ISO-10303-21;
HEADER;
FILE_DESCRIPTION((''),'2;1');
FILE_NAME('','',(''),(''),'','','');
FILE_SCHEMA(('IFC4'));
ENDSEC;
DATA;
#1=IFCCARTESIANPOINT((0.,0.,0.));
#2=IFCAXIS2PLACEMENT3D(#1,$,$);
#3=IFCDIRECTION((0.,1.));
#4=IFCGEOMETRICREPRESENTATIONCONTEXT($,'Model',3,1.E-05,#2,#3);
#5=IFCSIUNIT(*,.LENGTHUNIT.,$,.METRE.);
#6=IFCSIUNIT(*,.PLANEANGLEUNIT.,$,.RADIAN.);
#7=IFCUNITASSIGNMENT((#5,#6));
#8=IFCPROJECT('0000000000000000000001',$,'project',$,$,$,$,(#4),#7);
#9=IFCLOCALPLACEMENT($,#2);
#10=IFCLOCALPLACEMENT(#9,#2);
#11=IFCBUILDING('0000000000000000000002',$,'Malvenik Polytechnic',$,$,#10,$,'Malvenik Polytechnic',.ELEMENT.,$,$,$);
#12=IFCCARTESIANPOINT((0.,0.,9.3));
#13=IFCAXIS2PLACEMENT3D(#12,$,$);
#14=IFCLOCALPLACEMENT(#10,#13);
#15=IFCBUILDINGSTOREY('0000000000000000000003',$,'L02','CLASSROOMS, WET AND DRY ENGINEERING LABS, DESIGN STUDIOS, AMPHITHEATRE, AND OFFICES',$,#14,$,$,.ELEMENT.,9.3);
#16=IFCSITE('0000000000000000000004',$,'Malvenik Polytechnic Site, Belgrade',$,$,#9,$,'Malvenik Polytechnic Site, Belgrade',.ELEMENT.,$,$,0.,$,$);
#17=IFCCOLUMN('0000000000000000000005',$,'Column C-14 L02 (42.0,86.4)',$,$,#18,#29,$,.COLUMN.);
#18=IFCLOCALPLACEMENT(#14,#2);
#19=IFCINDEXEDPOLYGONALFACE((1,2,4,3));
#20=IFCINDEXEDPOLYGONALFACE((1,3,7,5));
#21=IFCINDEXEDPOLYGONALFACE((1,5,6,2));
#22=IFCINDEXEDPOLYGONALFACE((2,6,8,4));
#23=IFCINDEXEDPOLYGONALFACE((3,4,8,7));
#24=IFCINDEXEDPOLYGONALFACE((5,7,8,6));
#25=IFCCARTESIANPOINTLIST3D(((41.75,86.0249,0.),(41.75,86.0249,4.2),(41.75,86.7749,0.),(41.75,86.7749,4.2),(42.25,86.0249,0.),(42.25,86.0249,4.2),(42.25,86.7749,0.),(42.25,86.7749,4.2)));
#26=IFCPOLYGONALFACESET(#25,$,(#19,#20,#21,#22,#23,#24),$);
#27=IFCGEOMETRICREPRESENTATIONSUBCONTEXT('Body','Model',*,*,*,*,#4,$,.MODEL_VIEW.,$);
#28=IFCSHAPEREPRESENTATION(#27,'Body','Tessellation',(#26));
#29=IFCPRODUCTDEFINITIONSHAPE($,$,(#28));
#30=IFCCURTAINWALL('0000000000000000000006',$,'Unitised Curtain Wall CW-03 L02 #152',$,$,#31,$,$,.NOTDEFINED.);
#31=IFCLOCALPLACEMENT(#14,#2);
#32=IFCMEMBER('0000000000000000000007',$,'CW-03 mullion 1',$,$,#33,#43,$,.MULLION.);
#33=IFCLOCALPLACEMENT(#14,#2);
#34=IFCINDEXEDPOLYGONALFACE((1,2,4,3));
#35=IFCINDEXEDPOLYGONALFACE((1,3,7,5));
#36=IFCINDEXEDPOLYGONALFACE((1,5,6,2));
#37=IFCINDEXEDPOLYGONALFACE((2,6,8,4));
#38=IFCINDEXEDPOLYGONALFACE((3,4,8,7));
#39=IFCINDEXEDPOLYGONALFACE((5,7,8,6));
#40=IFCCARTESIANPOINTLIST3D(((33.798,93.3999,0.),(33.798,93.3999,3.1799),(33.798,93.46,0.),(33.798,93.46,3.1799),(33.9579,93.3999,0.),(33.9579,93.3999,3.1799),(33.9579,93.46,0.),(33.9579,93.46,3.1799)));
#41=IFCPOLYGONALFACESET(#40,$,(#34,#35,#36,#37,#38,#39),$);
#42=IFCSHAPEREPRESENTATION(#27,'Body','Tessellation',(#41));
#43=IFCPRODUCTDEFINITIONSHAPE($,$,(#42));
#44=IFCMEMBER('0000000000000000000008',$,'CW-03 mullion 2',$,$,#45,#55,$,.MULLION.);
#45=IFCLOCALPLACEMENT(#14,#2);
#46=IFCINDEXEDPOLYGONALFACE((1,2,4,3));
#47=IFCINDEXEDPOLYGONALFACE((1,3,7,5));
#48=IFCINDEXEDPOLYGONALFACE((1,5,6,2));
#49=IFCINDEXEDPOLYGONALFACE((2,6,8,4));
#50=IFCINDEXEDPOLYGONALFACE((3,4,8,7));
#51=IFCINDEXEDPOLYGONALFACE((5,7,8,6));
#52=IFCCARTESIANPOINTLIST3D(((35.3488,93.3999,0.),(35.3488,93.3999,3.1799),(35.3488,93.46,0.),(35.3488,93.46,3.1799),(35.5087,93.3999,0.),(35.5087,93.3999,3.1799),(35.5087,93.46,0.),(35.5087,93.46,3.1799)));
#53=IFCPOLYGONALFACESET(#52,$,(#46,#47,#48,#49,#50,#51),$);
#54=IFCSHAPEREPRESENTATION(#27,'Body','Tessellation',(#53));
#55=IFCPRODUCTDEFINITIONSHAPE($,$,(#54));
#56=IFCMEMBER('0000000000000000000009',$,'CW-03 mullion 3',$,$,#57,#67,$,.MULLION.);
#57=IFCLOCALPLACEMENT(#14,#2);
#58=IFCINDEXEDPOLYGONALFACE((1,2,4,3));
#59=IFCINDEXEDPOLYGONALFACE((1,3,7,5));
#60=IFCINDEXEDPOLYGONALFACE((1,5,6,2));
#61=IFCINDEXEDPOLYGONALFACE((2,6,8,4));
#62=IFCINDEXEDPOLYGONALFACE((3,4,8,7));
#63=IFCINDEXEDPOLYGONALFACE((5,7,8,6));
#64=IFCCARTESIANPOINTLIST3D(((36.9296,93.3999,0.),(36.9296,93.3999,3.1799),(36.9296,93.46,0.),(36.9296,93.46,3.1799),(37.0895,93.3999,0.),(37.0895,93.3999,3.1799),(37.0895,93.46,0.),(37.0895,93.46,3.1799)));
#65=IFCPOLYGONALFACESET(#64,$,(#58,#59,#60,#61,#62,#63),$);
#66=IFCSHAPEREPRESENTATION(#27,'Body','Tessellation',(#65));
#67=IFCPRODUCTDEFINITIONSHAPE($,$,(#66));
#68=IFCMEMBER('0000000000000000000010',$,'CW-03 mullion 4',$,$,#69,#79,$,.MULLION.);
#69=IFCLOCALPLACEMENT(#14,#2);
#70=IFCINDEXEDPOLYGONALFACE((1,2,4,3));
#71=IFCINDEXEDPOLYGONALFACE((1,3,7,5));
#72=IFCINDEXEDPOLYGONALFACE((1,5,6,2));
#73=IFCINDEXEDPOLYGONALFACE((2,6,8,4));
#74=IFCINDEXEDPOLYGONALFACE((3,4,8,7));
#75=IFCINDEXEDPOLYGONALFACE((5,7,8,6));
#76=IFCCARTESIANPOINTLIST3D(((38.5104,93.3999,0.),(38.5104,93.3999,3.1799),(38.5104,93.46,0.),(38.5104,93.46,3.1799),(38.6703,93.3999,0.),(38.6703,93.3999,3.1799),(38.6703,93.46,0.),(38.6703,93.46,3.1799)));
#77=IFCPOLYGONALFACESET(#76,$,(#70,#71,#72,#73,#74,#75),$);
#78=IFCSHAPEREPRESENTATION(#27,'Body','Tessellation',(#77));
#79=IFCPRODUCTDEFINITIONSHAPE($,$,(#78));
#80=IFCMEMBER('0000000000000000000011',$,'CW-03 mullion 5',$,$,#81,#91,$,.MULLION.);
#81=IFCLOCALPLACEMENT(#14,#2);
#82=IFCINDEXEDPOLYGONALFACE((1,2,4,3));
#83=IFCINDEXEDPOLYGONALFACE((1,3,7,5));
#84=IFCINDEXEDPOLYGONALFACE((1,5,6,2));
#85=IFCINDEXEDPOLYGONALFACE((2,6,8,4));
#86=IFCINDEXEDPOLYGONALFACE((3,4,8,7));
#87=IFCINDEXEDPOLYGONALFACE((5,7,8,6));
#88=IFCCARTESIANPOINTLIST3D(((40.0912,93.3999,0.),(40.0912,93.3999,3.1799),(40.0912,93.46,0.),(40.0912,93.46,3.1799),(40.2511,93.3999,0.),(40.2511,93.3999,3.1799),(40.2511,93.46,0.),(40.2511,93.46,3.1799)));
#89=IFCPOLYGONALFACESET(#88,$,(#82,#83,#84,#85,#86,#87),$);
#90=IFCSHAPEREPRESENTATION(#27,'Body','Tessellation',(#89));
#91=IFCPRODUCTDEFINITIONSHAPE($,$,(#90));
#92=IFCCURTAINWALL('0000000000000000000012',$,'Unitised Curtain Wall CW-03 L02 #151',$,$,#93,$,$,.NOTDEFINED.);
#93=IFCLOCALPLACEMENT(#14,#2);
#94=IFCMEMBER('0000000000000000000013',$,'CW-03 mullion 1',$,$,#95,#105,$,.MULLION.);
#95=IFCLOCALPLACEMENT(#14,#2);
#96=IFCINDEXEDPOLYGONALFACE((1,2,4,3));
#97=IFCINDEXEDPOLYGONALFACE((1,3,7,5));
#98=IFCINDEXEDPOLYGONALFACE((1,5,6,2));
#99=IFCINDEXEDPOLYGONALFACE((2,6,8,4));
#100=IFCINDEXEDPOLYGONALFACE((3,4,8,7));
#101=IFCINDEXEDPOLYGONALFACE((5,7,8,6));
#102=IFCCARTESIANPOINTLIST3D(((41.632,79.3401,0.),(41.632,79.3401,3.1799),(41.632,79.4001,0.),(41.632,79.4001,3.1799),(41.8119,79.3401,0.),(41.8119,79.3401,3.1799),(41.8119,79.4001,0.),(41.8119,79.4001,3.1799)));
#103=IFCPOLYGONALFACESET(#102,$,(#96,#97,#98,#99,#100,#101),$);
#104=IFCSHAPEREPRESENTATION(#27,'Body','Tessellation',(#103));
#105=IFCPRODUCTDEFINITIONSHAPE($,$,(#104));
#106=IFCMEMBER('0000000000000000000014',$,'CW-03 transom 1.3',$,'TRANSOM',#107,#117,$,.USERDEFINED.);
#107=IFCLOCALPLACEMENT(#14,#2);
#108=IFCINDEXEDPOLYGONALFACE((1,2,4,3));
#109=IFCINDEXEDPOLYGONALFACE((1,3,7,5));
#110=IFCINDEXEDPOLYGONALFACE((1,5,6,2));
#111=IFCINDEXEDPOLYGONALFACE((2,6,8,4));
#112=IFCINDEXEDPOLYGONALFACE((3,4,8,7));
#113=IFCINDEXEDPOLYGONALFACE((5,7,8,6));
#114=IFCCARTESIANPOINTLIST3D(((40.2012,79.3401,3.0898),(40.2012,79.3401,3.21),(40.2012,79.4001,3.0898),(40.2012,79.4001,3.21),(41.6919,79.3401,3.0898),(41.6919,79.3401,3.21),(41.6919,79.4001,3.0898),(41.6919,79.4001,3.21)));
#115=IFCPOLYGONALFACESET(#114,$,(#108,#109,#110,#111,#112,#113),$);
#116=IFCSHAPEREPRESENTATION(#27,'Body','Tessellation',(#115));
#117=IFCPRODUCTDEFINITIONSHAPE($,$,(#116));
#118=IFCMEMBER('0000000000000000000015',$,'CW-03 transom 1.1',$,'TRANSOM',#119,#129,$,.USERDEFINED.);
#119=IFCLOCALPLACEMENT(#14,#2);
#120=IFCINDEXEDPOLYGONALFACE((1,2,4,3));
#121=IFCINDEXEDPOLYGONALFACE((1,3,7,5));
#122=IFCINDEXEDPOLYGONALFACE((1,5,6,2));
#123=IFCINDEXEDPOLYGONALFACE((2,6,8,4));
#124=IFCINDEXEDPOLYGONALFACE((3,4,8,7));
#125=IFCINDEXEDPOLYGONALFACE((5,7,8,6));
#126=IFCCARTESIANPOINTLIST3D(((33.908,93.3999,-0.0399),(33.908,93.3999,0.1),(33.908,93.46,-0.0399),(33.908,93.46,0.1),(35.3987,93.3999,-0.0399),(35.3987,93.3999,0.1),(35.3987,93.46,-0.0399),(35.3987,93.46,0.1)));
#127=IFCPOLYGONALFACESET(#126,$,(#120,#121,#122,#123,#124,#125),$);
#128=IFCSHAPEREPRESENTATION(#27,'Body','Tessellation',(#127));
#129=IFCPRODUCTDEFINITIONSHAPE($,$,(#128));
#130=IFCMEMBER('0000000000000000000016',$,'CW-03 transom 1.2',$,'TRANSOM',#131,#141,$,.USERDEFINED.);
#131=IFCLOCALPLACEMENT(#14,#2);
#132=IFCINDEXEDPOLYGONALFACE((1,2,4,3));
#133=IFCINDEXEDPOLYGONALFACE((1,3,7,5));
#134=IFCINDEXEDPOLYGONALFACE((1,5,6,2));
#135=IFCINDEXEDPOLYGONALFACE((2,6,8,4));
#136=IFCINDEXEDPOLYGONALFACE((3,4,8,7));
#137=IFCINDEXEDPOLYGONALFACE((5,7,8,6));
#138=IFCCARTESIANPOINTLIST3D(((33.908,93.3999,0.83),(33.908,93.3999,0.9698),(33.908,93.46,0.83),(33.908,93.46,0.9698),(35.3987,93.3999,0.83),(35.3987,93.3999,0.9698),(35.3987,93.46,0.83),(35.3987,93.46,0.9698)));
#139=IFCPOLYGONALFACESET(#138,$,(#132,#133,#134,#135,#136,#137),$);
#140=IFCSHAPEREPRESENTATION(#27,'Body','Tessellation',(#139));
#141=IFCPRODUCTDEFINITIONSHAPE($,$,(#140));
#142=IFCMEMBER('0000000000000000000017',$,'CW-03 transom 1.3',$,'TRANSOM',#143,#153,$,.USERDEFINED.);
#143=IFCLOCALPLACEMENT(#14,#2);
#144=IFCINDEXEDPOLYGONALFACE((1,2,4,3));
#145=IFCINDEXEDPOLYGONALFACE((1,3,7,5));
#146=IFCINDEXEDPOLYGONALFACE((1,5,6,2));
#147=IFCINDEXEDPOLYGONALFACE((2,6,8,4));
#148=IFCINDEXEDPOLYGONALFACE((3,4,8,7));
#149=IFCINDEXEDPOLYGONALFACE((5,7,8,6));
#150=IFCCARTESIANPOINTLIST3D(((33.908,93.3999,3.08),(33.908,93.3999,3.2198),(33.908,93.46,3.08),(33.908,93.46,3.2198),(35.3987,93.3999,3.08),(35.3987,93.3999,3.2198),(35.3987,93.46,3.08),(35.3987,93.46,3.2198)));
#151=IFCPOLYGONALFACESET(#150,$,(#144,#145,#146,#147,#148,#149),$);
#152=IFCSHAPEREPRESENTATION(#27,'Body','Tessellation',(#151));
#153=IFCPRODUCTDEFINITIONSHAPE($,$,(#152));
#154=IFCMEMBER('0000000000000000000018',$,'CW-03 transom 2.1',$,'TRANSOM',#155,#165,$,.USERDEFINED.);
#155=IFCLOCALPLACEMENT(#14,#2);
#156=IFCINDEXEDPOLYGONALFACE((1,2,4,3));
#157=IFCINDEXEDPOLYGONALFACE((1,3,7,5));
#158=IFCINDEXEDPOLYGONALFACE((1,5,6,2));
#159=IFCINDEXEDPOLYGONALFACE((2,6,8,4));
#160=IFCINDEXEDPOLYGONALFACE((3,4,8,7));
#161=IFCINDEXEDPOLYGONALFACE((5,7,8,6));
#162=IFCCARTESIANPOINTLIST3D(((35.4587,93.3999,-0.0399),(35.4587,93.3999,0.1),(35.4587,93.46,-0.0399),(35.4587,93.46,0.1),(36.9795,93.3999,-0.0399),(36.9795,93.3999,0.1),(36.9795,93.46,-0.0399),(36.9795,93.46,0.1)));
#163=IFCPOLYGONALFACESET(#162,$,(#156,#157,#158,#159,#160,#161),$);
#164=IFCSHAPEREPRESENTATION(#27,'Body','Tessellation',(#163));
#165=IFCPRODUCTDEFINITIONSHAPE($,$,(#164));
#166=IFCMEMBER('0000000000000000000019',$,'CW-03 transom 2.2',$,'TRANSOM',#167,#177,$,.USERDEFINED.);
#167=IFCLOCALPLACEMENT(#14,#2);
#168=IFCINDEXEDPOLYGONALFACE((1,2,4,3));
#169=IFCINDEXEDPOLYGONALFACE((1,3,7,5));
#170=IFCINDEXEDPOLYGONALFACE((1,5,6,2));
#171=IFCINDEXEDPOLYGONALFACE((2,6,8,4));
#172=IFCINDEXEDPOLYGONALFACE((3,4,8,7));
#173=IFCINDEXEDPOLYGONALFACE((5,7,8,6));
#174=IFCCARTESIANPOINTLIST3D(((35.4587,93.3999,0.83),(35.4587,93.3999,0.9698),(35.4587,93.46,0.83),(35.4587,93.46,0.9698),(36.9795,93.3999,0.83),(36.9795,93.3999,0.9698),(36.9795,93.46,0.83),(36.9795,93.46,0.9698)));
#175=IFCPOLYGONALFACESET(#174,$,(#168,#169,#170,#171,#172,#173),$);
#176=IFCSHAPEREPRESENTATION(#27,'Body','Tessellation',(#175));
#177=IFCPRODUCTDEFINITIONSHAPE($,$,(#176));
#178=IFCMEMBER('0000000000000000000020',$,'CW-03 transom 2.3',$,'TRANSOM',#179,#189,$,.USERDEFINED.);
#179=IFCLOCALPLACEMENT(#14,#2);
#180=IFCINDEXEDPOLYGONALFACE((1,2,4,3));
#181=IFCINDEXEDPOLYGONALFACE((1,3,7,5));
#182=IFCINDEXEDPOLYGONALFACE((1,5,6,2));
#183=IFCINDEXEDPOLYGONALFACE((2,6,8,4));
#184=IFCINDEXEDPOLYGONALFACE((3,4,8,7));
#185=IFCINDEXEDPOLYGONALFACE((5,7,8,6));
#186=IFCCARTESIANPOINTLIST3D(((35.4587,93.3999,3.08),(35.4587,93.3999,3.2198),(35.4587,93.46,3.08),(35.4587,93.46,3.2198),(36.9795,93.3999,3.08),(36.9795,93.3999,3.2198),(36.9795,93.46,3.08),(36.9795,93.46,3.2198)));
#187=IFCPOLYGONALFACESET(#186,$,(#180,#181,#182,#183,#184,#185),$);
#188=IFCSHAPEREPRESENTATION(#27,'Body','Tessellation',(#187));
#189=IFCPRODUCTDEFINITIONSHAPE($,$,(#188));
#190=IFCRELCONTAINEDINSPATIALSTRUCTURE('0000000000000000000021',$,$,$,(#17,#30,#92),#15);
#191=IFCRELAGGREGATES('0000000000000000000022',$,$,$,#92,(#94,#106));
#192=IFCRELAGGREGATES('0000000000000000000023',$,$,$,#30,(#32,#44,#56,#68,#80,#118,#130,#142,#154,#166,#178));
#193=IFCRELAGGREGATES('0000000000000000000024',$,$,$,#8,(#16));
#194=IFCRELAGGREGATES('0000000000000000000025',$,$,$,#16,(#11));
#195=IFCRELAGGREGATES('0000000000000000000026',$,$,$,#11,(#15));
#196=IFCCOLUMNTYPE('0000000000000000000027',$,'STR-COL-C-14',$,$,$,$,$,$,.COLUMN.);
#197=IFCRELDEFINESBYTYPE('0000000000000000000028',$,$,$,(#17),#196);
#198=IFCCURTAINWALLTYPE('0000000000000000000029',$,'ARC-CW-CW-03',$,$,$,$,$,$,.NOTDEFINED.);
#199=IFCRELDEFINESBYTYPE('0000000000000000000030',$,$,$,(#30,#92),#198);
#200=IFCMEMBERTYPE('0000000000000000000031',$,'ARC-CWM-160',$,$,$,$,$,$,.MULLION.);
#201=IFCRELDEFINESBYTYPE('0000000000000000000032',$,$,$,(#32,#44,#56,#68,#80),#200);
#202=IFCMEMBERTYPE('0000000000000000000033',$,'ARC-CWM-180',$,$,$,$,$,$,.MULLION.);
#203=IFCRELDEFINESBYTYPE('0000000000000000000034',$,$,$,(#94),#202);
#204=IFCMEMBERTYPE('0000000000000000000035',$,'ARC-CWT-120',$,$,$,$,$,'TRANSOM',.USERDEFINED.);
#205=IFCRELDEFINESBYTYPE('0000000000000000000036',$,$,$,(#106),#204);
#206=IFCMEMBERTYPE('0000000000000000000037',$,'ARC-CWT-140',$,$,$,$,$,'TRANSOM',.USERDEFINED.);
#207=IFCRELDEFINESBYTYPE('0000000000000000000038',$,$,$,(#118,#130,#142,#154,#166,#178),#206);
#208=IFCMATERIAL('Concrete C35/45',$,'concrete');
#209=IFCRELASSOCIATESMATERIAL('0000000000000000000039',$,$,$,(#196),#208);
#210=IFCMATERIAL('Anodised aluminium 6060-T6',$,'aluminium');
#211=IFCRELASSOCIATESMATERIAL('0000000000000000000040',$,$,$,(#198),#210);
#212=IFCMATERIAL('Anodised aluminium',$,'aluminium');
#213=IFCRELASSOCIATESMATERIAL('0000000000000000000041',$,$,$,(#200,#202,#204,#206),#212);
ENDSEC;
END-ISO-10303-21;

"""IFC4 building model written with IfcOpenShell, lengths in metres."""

from ifc_helpers import new_model, si_unit, direction, frame, origin, origin_2d, place, context, subcontext, project, spatial, rectangle, extrude, material, material_profile, profile_set, type_object, element, aggregate, save


model = new_model("IFC4")

# Units and contexts
model_context = context("Model", 3, precision=1e-05, world=origin(), true_north=direction((0.0, 1.0)))
body_context = subcontext(model_context, "Body", "Model", "MODEL_VIEW")
ifc_project = project(units=[si_unit("LENGTHUNIT", "METRE"), si_unit("PLANEANGLEUNIT", "RADIAN")], contexts=[model_context])

# Site, building, storey
site_placement = place(None, origin())
site = spatial("IfcSite", under=ifc_project, at=site_placement, Name="Malvenik Polytechnic Site, Belgrade", LongName="Malvenik Polytechnic Site, Belgrade", CompositionType="ELEMENT", RefElevation=0.0)
building_placement = place(site_placement, origin())
building = spatial("IfcBuilding", under=site, at=building_placement, Name="Malvenik Polytechnic", LongName="Malvenik Polytechnic", CompositionType="ELEMENT")
storey_placement = place(building_placement, frame((0.0, 0.0, 9.3)))
storey = spatial("IfcBuildingStorey", under=building, at=storey_placement, Name="L02", Description="CLASSROOMS, WET AND DRY ENGINEERING LABS, DESIGN STUDIOS, AMPHITHEATRE, AND OFFICES", CompositionType="ELEMENT", Elevation=9.3)

# Column
ifc_material_1 = material(Name="Concrete C35/45", Category="concrete")
ifc_material_profile_1 = material_profile(ifc_material_1, rectangle(XDim=0.5, YDim=0.75, at=origin_2d()), Name="RC COL 750x500")
ifc_profile_set_1 = profile_set([ifc_material_profile_1], Name="Concrete C35/45")
column_type = type_object("IfcColumnType", Name="STR-COL-C-14", PredefinedType="COLUMN", material=ifc_profile_set_1)
column_placement = place(storey_placement, frame((42.0, 86.3999, 0.0), z_axis=(0.0, 0.0, 1.0), x_axis=(1.0, 0.0, 0.0)))
element("IfcColumn", 1, at=column_placement, inside=storey, type_object=column_type, Name="Column C-14 L02 (42.0,86.4)", PredefinedType="COLUMN", context=body_context, shape_type="SweptSolid", body=[
    extrude(rectangle(XDim=0.5, YDim=0.75, at=origin_2d()), origin(), (0.0, 0.0, 1.0), 4.2),
])

# Curtain walls, members
ifc_material_2 = material(Name="Anodised aluminium 6060-T6", Category="aluminium")
curtain_wall_type = type_object("IfcCurtainWallType", Name="ARC-CW-CW-03", PredefinedType="NOTDEFINED", material=ifc_material_2)
curtain_wall_1_placement = place(storey_placement, origin())
curtain_wall_1 = element("IfcCurtainWall", 2, at=curtain_wall_1_placement, inside=storey, type_object=curtain_wall_type, Name="Unitised Curtain Wall CW-03 L02 #152", PredefinedType="NOTDEFINED")
ifc_material_3 = material(Name="Anodised aluminium", Category="aluminium")
ifc_material_profile_2 = material_profile(ifc_material_3, rectangle(XDim=0.0601, YDim=0.1599, at=origin_2d()), Name="ALU MULLION 60x160")
ifc_profile_set_2 = profile_set([ifc_material_profile_2], Name="Anodised aluminium")
member_type_1 = type_object("IfcMemberType", Name="ARC-CWM-160", PredefinedType="MULLION", material=ifc_profile_set_2)
member_1_placement = place(storey_placement, frame((33.8779, 93.4299, 0.0), z_axis=(0.0, 0.0, 1.0), x_axis=(0.0, 1.0, 0.0)))
member_1 = element("IfcMember", 3, at=member_1_placement, type_object=member_type_1, Name="CW-03 mullion 1", PredefinedType="MULLION", context=body_context, shape_type="SweptSolid", body=[
    extrude(rectangle(XDim=0.0601, YDim=0.1599, at=origin_2d()), origin(), (0.0, 0.0, 1.0), 3.1799),
])
member_2_placement = place(storey_placement, frame((35.4287, 93.4299, 0.0), z_axis=(0.0, 0.0, 1.0), x_axis=(0.0, 1.0, 0.0)))
member_2 = element("IfcMember", 4, at=member_2_placement, type_object=member_type_1, Name="CW-03 mullion 2", PredefinedType="MULLION", context=body_context, shape_type="SweptSolid", body=[
    extrude(rectangle(XDim=0.0601, YDim=0.1599, at=origin_2d()), origin(), (0.0, 0.0, 1.0), 3.1799),
])
member_3_placement = place(storey_placement, frame((37.0095, 93.4299, 0.0), z_axis=(0.0, 0.0, 1.0), x_axis=(0.0, 1.0, 0.0)))
member_3 = element("IfcMember", 5, at=member_3_placement, type_object=member_type_1, Name="CW-03 mullion 3", PredefinedType="MULLION", context=body_context, shape_type="SweptSolid", body=[
    extrude(rectangle(XDim=0.0601, YDim=0.1599, at=origin_2d()), origin(), (0.0, 0.0, 1.0), 3.1799),
])
member_4_placement = place(storey_placement, frame((38.5903, 93.4299, 0.0), z_axis=(0.0, 0.0, 1.0), x_axis=(0.0, 1.0, 0.0)))
member_4 = element("IfcMember", 6, at=member_4_placement, type_object=member_type_1, Name="CW-03 mullion 4", PredefinedType="MULLION", context=body_context, shape_type="SweptSolid", body=[
    extrude(rectangle(XDim=0.0601, YDim=0.1599, at=origin_2d()), origin(), (0.0, 0.0, 1.0), 3.1799),
])
member_5_placement = place(storey_placement, frame((40.1711, 93.4299, 0.0), z_axis=(0.0, 0.0, 1.0), x_axis=(0.0, 1.0, 0.0)))
member_5 = element("IfcMember", 7, at=member_5_placement, type_object=member_type_1, Name="CW-03 mullion 5", PredefinedType="MULLION", context=body_context, shape_type="SweptSolid", body=[
    extrude(rectangle(XDim=0.0601, YDim=0.1599, at=origin_2d()), origin(), (0.0, 0.0, 1.0), 3.1799),
])
curtain_wall_2_placement = place(storey_placement, origin())
curtain_wall_2 = element("IfcCurtainWall", 8, at=curtain_wall_2_placement, inside=storey, type_object=curtain_wall_type, Name="Unitised Curtain Wall CW-03 L02 #151", PredefinedType="NOTDEFINED")
ifc_material_profile_3 = material_profile(ifc_material_3, rectangle(XDim=0.0601, YDim=0.1799, at=origin_2d()), Name="ALU MULLION 60x180")
ifc_profile_set_3 = profile_set([ifc_material_profile_3], Name="Anodised aluminium")
member_type_2 = type_object("IfcMemberType", Name="ARC-CWM-180", PredefinedType="MULLION", material=ifc_profile_set_3)
member_6_placement = place(storey_placement, frame((41.7219, 79.3701, 0.0), z_axis=(0.0, 0.0, 1.0), x_axis=(0.0, -1.0, 0.0)))
member_6 = element("IfcMember", 9, at=member_6_placement, type_object=member_type_2, Name="CW-03 mullion 1", PredefinedType="MULLION", context=body_context, shape_type="SweptSolid", body=[
    extrude(rectangle(XDim=0.0601, YDim=0.1799, at=origin_2d()), origin(), (0.0, 0.0, 1.0), 3.1799),
])
ifc_material_profile_4 = material_profile(ifc_material_3, rectangle(XDim=0.0601, YDim=0.1201, at=origin_2d()), Name="ALU TRANSOM 60x120")
ifc_profile_set_4 = profile_set([ifc_material_profile_4], Name="Anodised aluminium")
member_type_3 = type_object("IfcMemberType", Name="ARC-CWT-120", ElementType="TRANSOM", PredefinedType="USERDEFINED", material=ifc_profile_set_4)
member_7_placement = place(storey_placement, frame((41.6919, 79.3701, 3.1499), z_axis=(-1.0, 0.0, 0.0), x_axis=(0.0, -1.0, 0.0)))
member_7 = element("IfcMember", 10, at=member_7_placement, type_object=member_type_3, Name="CW-03 transom 1.3", ObjectType="TRANSOM", PredefinedType="USERDEFINED", context=body_context, shape_type="SweptSolid", body=[
    extrude(rectangle(XDim=0.0601, YDim=0.1201, at=origin_2d()), origin(), (0.0, 0.0, 1.0), 1.4907),
])
aggregate(curtain_wall_2, [member_6, member_7])

# Members
ifc_material_profile_5 = material_profile(ifc_material_3, rectangle(XDim=0.0601, YDim=0.1399, at=origin_2d()), Name="ALU TRANSOM 60x140")
ifc_profile_set_5 = profile_set([ifc_material_profile_5], Name="Anodised aluminium")
member_type_4 = type_object("IfcMemberType", Name="ARC-CWT-140", ElementType="TRANSOM", PredefinedType="USERDEFINED", material=ifc_profile_set_5)
member_8_placement = place(storey_placement, frame((33.908, 93.4299, 0.03), z_axis=(1.0, 0.0, 0.0), x_axis=(0.0, 1.0, 0.0)))
member_8 = element("IfcMember", 11, at=member_8_placement, type_object=member_type_4, Name="CW-03 transom 1.1", ObjectType="TRANSOM", PredefinedType="USERDEFINED", context=body_context, shape_type="SweptSolid", body=[
    extrude(rectangle(XDim=0.0601, YDim=0.1399, at=origin_2d()), origin(), (0.0, 0.0, 1.0), 1.4907),
])
member_9_placement = place(storey_placement, frame((33.908, 93.4299, 0.8999), z_axis=(1.0, 0.0, 0.0), x_axis=(0.0, 1.0, 0.0)))
member_9 = element("IfcMember", 12, at=member_9_placement, type_object=member_type_4, Name="CW-03 transom 1.2", ObjectType="TRANSOM", PredefinedType="USERDEFINED", context=body_context, shape_type="SweptSolid", body=[
    extrude(rectangle(XDim=0.0601, YDim=0.1399, at=origin_2d()), origin(), (0.0, 0.0, 1.0), 1.4907),
])
member_10_placement = place(storey_placement, frame((33.908, 93.4299, 3.1499), z_axis=(1.0, 0.0, 0.0), x_axis=(0.0, 1.0, 0.0)))
member_10 = element("IfcMember", 13, at=member_10_placement, type_object=member_type_4, Name="CW-03 transom 1.3", ObjectType="TRANSOM", PredefinedType="USERDEFINED", context=body_context, shape_type="SweptSolid", body=[
    extrude(rectangle(XDim=0.0601, YDim=0.1399, at=origin_2d()), origin(), (0.0, 0.0, 1.0), 1.4907),
])
member_11_placement = place(storey_placement, frame((35.4587, 93.4299, 0.03), z_axis=(1.0, 0.0, 0.0), x_axis=(0.0, 1.0, 0.0)))
member_11 = element("IfcMember", 14, at=member_11_placement, type_object=member_type_4, Name="CW-03 transom 2.1", ObjectType="TRANSOM", PredefinedType="USERDEFINED", context=body_context, shape_type="SweptSolid", body=[
    extrude(rectangle(XDim=0.0601, YDim=0.1399, at=origin_2d()), origin(), (0.0, 0.0, 1.0), 1.5208),
])
member_12_placement = place(storey_placement, frame((35.4587, 93.4299, 0.8999), z_axis=(1.0, 0.0, 0.0), x_axis=(0.0, 1.0, 0.0)))
member_12 = element("IfcMember", 15, at=member_12_placement, type_object=member_type_4, Name="CW-03 transom 2.2", ObjectType="TRANSOM", PredefinedType="USERDEFINED", context=body_context, shape_type="SweptSolid", body=[
    extrude(rectangle(XDim=0.0601, YDim=0.1399, at=origin_2d()), origin(), (0.0, 0.0, 1.0), 1.5208),
])
member_13_placement = place(storey_placement, frame((35.4587, 93.4299, 3.1499), z_axis=(1.0, 0.0, 0.0), x_axis=(0.0, 1.0, 0.0)))
member_13 = element("IfcMember", 16, at=member_13_placement, type_object=member_type_4, Name="CW-03 transom 2.3", ObjectType="TRANSOM", PredefinedType="USERDEFINED", context=body_context, shape_type="SweptSolid", body=[
    extrude(rectangle(XDim=0.0601, YDim=0.1399, at=origin_2d()), origin(), (0.0, 0.0, 1.0), 1.5208),
])

aggregate(curtain_wall_1, [member_1, member_2, member_3, member_4, member_5, member_8, member_9, member_10, member_11, member_12, member_13])

save(model, "model.ifc")
